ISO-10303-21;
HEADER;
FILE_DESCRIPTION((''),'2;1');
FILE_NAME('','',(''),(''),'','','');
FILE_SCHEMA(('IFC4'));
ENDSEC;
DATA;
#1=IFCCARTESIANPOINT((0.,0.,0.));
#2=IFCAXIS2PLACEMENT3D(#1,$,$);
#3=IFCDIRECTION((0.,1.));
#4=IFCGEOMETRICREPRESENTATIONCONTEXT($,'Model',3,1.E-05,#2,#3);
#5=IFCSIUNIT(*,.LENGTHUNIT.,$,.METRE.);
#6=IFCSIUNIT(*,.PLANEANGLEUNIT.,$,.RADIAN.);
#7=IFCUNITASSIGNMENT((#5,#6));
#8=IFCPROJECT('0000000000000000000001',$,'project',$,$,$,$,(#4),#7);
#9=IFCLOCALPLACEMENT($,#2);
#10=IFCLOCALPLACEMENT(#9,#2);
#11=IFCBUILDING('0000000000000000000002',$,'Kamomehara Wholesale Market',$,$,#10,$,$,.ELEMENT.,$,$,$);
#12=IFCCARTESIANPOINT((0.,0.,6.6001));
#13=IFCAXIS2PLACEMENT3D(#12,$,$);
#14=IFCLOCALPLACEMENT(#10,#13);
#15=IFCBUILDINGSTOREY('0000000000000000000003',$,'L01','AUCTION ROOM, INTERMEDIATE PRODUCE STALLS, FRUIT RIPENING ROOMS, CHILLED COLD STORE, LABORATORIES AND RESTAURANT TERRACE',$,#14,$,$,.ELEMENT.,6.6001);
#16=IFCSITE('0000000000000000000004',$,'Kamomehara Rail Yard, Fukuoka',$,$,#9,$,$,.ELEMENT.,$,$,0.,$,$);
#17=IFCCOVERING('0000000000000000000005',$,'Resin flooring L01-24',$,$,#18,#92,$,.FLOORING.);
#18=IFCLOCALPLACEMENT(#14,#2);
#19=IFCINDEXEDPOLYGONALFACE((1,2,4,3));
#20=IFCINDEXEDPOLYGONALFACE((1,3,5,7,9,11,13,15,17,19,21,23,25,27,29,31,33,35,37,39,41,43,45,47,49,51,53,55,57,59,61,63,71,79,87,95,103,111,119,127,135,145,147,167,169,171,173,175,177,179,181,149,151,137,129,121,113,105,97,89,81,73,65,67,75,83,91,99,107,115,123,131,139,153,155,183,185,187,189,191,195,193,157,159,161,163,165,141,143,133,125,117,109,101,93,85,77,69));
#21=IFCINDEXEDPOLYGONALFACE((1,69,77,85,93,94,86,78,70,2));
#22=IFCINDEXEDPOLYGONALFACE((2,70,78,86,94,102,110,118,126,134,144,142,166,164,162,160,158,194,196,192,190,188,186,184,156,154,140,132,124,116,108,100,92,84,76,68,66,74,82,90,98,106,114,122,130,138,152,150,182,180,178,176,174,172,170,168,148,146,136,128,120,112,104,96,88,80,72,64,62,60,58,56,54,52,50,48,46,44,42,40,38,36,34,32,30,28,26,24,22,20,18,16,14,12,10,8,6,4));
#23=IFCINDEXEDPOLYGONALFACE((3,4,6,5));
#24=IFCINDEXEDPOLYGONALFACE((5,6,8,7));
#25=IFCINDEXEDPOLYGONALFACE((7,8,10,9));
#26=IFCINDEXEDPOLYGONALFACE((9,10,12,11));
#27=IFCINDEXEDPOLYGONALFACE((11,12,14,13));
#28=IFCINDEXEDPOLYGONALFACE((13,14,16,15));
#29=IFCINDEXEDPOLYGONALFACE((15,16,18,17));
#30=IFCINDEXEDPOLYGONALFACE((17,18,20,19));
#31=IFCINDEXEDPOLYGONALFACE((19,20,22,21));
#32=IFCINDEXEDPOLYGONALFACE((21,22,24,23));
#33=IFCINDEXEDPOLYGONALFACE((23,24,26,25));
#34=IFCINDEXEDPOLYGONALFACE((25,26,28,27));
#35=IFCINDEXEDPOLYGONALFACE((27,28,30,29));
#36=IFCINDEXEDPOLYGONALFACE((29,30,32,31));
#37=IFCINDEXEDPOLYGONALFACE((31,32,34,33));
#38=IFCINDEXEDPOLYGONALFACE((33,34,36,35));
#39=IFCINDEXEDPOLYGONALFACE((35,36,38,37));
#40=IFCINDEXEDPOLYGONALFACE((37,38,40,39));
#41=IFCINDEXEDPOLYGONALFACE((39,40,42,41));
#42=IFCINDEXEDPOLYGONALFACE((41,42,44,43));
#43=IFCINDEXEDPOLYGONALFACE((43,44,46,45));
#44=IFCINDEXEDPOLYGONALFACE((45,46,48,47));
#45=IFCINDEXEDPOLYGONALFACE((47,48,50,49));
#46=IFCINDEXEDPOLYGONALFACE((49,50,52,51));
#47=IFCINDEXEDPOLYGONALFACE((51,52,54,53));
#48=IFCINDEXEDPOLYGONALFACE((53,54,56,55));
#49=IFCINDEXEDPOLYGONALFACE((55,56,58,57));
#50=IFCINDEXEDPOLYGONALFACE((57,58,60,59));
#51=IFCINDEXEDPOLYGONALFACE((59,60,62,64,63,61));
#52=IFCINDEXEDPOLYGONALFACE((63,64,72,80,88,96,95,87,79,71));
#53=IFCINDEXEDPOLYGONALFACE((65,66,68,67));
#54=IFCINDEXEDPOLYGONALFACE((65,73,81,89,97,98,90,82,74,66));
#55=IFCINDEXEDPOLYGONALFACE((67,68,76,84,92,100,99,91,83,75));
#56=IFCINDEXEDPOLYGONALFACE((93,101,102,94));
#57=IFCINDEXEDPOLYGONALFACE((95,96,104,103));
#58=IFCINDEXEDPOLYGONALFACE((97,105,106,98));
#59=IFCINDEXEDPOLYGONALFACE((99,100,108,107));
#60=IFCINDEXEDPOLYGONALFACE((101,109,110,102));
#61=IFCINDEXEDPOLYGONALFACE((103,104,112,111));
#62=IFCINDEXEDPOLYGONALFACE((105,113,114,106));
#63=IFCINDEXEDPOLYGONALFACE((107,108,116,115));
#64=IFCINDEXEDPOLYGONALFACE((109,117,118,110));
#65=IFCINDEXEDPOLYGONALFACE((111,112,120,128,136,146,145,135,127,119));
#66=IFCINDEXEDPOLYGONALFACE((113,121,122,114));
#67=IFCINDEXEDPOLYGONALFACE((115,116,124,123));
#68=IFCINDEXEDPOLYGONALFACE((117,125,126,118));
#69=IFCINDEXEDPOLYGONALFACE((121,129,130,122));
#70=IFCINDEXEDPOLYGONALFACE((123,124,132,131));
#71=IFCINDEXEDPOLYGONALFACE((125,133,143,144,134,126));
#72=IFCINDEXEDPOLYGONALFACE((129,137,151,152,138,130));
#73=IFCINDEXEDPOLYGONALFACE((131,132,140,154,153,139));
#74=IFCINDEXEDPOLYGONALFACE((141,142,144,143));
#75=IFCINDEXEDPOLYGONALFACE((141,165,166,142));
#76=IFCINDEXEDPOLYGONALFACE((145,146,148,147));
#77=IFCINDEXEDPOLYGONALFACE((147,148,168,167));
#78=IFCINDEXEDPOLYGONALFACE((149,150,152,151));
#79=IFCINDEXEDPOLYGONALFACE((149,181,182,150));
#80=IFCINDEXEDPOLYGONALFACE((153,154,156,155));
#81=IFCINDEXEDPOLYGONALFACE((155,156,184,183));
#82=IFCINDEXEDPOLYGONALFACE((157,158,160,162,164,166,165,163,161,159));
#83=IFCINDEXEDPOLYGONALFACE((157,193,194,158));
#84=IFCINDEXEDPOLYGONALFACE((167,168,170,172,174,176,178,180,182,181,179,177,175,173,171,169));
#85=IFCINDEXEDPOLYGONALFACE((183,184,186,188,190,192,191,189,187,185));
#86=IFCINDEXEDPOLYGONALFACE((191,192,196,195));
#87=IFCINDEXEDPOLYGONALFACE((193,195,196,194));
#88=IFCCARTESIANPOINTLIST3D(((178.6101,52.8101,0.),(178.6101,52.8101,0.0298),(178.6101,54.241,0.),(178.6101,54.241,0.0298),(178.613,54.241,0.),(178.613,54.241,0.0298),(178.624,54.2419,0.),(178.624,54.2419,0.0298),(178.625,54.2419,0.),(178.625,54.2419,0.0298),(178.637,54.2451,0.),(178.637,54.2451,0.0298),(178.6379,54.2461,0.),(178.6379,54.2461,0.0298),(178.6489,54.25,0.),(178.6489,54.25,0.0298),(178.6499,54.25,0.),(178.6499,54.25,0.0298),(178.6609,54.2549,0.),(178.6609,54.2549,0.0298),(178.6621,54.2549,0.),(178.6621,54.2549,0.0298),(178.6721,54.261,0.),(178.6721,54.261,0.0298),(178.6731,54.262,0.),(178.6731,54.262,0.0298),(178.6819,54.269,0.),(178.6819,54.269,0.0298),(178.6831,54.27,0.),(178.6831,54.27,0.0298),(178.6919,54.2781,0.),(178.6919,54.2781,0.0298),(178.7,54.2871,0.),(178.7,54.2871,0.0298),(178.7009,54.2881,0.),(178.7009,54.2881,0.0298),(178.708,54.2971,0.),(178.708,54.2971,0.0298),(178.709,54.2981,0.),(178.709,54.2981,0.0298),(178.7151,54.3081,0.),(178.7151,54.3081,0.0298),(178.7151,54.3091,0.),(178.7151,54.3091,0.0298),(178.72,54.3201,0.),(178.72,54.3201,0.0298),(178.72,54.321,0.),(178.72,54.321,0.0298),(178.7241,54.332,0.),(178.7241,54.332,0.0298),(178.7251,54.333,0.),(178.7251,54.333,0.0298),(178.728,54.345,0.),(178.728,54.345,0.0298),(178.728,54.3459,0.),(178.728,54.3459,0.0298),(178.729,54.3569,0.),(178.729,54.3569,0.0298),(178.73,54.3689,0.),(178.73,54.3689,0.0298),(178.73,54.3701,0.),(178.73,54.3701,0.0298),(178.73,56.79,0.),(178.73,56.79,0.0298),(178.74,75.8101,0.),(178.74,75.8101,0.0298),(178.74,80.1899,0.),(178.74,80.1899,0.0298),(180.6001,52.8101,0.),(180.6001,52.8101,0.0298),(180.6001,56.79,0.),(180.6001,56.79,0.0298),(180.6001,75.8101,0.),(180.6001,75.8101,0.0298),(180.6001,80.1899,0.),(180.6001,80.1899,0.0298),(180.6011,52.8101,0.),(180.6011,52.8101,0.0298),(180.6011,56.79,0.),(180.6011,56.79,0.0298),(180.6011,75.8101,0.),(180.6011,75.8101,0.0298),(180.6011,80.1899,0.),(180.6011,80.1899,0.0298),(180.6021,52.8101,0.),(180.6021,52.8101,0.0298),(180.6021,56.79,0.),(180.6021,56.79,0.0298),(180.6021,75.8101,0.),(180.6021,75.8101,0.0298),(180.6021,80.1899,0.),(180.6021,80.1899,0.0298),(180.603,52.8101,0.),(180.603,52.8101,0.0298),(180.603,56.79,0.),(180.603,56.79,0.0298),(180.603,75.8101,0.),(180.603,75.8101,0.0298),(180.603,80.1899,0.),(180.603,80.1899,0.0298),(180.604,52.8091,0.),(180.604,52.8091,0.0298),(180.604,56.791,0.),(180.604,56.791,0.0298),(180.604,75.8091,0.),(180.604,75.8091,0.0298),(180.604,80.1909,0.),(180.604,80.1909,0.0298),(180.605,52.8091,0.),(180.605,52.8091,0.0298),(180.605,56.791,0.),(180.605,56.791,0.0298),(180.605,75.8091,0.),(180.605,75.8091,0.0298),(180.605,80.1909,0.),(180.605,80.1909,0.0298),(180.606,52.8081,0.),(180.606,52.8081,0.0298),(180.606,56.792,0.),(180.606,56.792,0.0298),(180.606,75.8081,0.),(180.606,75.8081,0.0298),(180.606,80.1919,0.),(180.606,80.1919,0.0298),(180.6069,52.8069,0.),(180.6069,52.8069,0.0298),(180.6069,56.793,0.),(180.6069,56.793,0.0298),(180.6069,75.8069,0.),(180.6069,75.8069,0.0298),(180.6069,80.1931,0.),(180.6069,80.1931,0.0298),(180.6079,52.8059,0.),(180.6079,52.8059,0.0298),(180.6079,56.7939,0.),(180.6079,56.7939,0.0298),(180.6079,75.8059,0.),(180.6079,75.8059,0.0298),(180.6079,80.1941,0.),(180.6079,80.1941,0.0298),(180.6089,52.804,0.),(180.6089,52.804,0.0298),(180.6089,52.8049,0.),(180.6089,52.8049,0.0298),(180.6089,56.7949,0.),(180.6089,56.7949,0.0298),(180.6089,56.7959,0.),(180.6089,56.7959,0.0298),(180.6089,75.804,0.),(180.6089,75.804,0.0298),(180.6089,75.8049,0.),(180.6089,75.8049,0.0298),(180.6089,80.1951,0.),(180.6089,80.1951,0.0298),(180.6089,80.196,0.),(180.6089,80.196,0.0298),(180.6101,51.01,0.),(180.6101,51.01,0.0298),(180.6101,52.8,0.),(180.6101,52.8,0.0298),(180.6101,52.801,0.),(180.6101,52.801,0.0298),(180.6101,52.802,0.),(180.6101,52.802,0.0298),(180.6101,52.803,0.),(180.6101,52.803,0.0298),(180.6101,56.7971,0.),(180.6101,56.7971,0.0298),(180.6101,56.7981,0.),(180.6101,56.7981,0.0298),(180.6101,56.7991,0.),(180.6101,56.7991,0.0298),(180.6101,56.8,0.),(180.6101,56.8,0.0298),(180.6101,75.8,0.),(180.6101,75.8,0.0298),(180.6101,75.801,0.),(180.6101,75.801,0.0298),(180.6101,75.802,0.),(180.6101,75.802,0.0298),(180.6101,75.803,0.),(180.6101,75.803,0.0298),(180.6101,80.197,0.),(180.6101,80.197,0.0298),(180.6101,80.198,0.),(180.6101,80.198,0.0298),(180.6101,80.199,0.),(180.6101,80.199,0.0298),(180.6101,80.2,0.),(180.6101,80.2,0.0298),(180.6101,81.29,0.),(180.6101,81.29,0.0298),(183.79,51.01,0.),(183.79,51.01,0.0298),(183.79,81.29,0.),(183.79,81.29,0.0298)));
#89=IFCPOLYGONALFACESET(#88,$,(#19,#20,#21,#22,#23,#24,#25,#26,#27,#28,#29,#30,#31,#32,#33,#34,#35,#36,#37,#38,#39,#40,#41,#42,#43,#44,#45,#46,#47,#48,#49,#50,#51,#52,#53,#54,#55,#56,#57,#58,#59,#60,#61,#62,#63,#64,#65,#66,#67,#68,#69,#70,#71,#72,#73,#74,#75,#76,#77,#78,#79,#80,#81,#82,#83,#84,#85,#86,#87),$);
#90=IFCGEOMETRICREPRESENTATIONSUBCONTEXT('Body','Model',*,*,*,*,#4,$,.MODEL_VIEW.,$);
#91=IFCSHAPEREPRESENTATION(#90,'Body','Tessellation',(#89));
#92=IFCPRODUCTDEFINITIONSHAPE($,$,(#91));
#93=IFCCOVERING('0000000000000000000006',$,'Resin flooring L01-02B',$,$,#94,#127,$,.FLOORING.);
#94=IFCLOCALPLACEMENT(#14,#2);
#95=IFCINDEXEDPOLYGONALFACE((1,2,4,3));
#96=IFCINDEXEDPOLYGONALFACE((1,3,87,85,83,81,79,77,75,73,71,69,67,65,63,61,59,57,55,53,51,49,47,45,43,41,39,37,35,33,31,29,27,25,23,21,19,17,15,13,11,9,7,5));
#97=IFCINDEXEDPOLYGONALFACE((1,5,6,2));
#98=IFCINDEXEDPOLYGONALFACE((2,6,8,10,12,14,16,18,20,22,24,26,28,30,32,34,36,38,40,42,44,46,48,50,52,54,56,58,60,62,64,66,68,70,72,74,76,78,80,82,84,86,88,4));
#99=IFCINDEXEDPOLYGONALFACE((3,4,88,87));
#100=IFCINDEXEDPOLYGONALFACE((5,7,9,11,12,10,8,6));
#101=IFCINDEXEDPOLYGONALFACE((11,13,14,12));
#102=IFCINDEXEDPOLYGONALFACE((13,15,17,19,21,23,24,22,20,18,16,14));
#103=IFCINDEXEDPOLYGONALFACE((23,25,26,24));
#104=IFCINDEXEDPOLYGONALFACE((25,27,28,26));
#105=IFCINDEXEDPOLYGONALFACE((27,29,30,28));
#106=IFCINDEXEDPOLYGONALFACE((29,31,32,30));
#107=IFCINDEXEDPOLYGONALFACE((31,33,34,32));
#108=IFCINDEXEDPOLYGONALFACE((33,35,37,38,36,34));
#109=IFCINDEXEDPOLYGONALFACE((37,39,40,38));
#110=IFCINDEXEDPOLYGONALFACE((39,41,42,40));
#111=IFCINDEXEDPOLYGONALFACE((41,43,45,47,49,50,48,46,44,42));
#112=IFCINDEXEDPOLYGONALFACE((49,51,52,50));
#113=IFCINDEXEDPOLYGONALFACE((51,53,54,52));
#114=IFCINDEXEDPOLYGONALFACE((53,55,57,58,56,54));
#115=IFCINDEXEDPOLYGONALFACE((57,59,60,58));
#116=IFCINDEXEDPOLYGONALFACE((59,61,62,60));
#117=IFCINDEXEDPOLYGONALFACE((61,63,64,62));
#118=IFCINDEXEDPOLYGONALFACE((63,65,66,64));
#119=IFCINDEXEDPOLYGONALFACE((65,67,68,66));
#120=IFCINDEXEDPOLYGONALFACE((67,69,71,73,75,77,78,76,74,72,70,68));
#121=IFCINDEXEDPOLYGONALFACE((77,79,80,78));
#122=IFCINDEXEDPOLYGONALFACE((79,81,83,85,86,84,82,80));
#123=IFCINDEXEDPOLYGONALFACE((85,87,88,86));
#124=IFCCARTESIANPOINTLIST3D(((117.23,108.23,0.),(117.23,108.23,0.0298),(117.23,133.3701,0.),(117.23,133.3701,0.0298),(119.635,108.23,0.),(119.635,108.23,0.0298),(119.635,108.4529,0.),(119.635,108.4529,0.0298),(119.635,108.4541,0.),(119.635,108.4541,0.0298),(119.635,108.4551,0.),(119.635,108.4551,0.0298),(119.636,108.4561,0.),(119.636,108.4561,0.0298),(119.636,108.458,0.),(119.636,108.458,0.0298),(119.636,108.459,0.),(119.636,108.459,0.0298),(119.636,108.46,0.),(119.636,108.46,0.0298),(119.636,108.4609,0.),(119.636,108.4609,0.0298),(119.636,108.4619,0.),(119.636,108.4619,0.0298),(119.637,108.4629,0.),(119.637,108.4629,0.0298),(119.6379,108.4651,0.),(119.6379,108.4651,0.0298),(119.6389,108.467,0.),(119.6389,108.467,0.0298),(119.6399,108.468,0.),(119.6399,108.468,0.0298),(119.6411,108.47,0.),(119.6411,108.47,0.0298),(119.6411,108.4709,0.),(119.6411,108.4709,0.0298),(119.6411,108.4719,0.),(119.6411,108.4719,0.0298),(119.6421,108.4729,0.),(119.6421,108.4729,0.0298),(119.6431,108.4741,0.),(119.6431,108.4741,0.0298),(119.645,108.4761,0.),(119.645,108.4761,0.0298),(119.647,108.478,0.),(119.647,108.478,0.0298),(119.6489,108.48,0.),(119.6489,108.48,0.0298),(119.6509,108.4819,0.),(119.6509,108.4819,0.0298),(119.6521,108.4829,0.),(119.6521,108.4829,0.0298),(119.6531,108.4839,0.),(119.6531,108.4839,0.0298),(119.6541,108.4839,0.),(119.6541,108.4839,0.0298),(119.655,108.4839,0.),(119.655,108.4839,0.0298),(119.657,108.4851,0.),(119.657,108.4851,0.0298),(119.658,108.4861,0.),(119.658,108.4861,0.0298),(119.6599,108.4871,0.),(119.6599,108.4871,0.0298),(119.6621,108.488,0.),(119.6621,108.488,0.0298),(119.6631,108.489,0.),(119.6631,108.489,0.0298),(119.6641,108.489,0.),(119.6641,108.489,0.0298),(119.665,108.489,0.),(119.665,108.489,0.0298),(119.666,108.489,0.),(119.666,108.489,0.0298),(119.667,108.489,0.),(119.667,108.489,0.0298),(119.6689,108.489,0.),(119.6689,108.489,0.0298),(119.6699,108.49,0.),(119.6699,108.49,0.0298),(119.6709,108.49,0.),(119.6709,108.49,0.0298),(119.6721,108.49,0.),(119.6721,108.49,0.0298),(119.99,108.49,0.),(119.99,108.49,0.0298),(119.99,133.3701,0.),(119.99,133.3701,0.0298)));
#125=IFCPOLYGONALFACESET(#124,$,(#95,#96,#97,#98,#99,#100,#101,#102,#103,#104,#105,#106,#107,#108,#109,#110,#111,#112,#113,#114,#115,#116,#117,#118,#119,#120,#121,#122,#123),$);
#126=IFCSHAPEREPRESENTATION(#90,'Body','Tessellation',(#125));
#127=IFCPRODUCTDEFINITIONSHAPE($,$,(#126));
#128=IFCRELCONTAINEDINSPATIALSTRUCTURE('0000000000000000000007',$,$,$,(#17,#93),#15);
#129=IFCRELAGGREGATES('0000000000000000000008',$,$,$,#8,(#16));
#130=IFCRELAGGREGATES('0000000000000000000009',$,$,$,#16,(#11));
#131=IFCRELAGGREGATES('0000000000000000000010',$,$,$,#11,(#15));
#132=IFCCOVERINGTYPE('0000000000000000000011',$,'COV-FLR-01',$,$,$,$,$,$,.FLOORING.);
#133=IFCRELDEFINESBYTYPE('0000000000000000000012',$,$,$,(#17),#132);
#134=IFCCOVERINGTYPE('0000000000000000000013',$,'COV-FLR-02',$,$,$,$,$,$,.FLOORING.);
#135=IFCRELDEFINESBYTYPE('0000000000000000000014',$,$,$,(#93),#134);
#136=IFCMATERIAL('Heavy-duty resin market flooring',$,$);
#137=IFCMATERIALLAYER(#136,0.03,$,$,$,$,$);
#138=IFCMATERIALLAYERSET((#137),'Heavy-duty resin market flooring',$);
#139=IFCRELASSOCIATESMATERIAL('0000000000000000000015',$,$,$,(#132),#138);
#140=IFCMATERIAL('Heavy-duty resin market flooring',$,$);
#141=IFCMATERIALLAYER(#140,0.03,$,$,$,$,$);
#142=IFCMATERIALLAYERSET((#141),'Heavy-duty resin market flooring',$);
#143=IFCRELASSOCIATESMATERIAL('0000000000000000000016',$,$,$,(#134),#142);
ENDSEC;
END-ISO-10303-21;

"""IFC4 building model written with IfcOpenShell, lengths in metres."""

from ifc_helpers import new_model, si_unit, direction, frame, origin, place, context, subcontext, project, spatial, polyline, outline, extrude, material, layer, layer_set, type_object, element, save


model = new_model("IFC4")

# Units and contexts
model_context = context("Model", 3, precision=1e-05, world=origin(), true_north=direction((0.0, 1.0)))
body_context = subcontext(model_context, "Body", "Model", "MODEL_VIEW")
ifc_project = project(units=[si_unit("LENGTHUNIT", "METRE"), si_unit("PLANEANGLEUNIT", "RADIAN")], contexts=[model_context])

# Site, building, storey
site_placement = place(None, origin())
site = spatial("IfcSite", under=ifc_project, at=site_placement, Name="Kamomehara Rail Yard, Fukuoka", CompositionType="ELEMENT", RefElevation=0.0)
building_placement = place(site_placement, origin())
building = spatial("IfcBuilding", under=site, at=building_placement, Name="Kamomehara Wholesale Market", CompositionType="ELEMENT")
storey_placement = place(building_placement, frame((0.0, 0.0, 6.6001)))
storey = spatial("IfcBuildingStorey", under=building, at=storey_placement, Name="L01", Description="AUCTION ROOM, INTERMEDIATE PRODUCE STALLS, FRUIT RIPENING ROOMS, CHILLED COLD STORE, LABORATORIES AND RESTAURANT TERRACE", CompositionType="ELEMENT", Elevation=6.6001)

# Coverings
ifc_material_1 = material(Name="Heavy-duty resin market flooring")
ifc_layer_1 = layer(ifc_material_1, 0.03)
ifc_layer_set_1 = layer_set([ifc_layer_1], Name="Heavy-duty resin market flooring")
covering_type_1 = type_object("IfcCoveringType", Name="COV-FLR-01", PredefinedType="FLOORING", material=ifc_layer_set_1)
covering_1_placement = place(storey_placement, origin())
element("IfcCovering", 1, at=covering_1_placement, inside=storey, type_object=covering_type_1, Name="Resin flooring L01-24", PredefinedType="FLOORING", context=body_context, shape_type="SweptSolid", body=[
    extrude(outline(polyline([(180.6069, 75.8069), (180.606, 75.8081), (180.606, 75.8081), (180.605, 75.8091), (180.604, 75.8091), (180.603, 75.8101), (180.6021, 75.8101), (180.6011, 75.8101), (180.6001, 75.8101), (178.74, 75.8101), (178.74, 80.1899), (180.6001, 80.1899), (180.6011, 80.1899), (180.6021, 80.1899), (180.603, 80.1899), (180.604, 80.1909), (180.605, 80.1909), (180.606, 80.1919), (180.606, 80.1919), (180.6069, 80.1931), (180.6079, 80.1941), (180.6079, 80.1941), (180.6089, 80.1951), (180.6089, 80.196), (180.6101, 80.197), (180.6101, 80.198), (180.6101, 80.199), (180.6101, 80.2), (180.6101, 81.29), (183.79, 81.29), (183.79, 51.01), (180.6101, 51.01), (180.6101, 52.8), (180.6101, 52.801), (180.6101, 52.802), (180.6101, 52.803), (180.6089, 52.804), (180.6089, 52.8049), (180.6079, 52.8059), (180.6079, 52.8059), (180.6069, 52.8069), (180.606, 52.8081), (180.606, 52.8081), (180.605, 52.8091), (180.604, 52.8091), (180.603, 52.8101), (180.6021, 52.8101), (180.6011, 52.8101), (180.6001, 52.8101), (178.6101, 52.8101), (178.6101, 54.241), (178.613, 54.241), (178.613, 54.241), (178.624, 54.2419), (178.625, 54.2419), (178.625, 54.2419), (178.637, 54.2451), (178.6379, 54.2461), (178.6489, 54.25), (178.6499, 54.25), (178.6609, 54.2549), (178.6621, 54.2549), (178.6721, 54.261), (178.6731, 54.262), (178.6819, 54.269), (178.6831, 54.27), (178.6919, 54.2781), (178.6919, 54.2781), (178.7, 54.2871), (178.7009, 54.2881), (178.708, 54.2971), (178.709, 54.2981), (178.7151, 54.3081), (178.7151, 54.3091), (178.72, 54.3201), (178.72, 54.321), (178.7241, 54.332), (178.7251, 54.333), (178.728, 54.345), (178.728, 54.345), (178.728, 54.3459), (178.729, 54.3569), (178.729, 54.3569), (178.73, 54.3689), (178.73, 54.3701), (178.73, 56.79), (180.6001, 56.79), (180.6011, 56.79), (180.6021, 56.79), (180.603, 56.79), (180.604, 56.791), (180.605, 56.791), (180.606, 56.792), (180.606, 56.792), (180.6069, 56.793), (180.6079, 56.7939), (180.6079, 56.7939), (180.6089, 56.7949), (180.6089, 56.7959), (180.6101, 56.7971), (180.6101, 56.7981), (180.6101, 56.7991), (180.6101, 56.8), (180.6101, 75.8), (180.6101, 75.801), (180.6101, 75.802), (180.6101, 75.803), (180.6089, 75.804), (180.6089, 75.8049), (180.6079, 75.8059), (180.6079, 75.8059), (180.6069, 75.8069)])), origin(), (0.0, 0.0, 1.0), 0.0298),
])
ifc_material_2 = material(Name="Heavy-duty resin market flooring")
ifc_layer_2 = layer(ifc_material_2, 0.03)
ifc_layer_set_2 = layer_set([ifc_layer_2], Name="Heavy-duty resin market flooring")
covering_type_2 = type_object("IfcCoveringType", Name="COV-FLR-02", PredefinedType="FLOORING", material=ifc_layer_set_2)
covering_2_placement = place(storey_placement, origin())
element("IfcCovering", 2, at=covering_2_placement, inside=storey, type_object=covering_type_2, Name="Resin flooring L01-02B", PredefinedType="FLOORING", context=body_context, shape_type="SweptSolid", body=[
    extrude(outline(polyline([(119.6411, 108.4719), (119.6411, 108.4709), (119.6411, 108.47), (119.6399, 108.468), (119.6389, 108.467), (119.6379, 108.4651), (119.637, 108.4629), (119.637, 108.4629), (119.636, 108.4619), (119.636, 108.4609), (119.636, 108.46), (119.636, 108.459), (119.636, 108.458), (119.636, 108.4561), (119.635, 108.4551), (119.635, 108.4541), (119.635, 108.4529), (119.635, 108.23), (117.23, 108.23), (117.23, 133.3701), (119.99, 133.3701), (119.99, 108.49), (119.6721, 108.49), (119.6709, 108.49), (119.6699, 108.49), (119.6689, 108.489), (119.667, 108.489), (119.666, 108.489), (119.665, 108.489), (119.6641, 108.489), (119.6631, 108.489), (119.6621, 108.488), (119.6621, 108.488), (119.6599, 108.4871), (119.658, 108.4861), (119.657, 108.4851), (119.655, 108.4839), (119.6541, 108.4839), (119.6531, 108.4839), (119.6521, 108.4829), (119.6521, 108.4829), (119.6509, 108.4819), (119.6489, 108.48), (119.647, 108.478), (119.645, 108.4761), (119.6431, 108.4741), (119.6421, 108.4729), (119.6421, 108.4729), (119.6411, 108.4719)])), origin(), (0.0, 0.0, 1.0), 0.0298),
])

save(model, "model.ifc")
